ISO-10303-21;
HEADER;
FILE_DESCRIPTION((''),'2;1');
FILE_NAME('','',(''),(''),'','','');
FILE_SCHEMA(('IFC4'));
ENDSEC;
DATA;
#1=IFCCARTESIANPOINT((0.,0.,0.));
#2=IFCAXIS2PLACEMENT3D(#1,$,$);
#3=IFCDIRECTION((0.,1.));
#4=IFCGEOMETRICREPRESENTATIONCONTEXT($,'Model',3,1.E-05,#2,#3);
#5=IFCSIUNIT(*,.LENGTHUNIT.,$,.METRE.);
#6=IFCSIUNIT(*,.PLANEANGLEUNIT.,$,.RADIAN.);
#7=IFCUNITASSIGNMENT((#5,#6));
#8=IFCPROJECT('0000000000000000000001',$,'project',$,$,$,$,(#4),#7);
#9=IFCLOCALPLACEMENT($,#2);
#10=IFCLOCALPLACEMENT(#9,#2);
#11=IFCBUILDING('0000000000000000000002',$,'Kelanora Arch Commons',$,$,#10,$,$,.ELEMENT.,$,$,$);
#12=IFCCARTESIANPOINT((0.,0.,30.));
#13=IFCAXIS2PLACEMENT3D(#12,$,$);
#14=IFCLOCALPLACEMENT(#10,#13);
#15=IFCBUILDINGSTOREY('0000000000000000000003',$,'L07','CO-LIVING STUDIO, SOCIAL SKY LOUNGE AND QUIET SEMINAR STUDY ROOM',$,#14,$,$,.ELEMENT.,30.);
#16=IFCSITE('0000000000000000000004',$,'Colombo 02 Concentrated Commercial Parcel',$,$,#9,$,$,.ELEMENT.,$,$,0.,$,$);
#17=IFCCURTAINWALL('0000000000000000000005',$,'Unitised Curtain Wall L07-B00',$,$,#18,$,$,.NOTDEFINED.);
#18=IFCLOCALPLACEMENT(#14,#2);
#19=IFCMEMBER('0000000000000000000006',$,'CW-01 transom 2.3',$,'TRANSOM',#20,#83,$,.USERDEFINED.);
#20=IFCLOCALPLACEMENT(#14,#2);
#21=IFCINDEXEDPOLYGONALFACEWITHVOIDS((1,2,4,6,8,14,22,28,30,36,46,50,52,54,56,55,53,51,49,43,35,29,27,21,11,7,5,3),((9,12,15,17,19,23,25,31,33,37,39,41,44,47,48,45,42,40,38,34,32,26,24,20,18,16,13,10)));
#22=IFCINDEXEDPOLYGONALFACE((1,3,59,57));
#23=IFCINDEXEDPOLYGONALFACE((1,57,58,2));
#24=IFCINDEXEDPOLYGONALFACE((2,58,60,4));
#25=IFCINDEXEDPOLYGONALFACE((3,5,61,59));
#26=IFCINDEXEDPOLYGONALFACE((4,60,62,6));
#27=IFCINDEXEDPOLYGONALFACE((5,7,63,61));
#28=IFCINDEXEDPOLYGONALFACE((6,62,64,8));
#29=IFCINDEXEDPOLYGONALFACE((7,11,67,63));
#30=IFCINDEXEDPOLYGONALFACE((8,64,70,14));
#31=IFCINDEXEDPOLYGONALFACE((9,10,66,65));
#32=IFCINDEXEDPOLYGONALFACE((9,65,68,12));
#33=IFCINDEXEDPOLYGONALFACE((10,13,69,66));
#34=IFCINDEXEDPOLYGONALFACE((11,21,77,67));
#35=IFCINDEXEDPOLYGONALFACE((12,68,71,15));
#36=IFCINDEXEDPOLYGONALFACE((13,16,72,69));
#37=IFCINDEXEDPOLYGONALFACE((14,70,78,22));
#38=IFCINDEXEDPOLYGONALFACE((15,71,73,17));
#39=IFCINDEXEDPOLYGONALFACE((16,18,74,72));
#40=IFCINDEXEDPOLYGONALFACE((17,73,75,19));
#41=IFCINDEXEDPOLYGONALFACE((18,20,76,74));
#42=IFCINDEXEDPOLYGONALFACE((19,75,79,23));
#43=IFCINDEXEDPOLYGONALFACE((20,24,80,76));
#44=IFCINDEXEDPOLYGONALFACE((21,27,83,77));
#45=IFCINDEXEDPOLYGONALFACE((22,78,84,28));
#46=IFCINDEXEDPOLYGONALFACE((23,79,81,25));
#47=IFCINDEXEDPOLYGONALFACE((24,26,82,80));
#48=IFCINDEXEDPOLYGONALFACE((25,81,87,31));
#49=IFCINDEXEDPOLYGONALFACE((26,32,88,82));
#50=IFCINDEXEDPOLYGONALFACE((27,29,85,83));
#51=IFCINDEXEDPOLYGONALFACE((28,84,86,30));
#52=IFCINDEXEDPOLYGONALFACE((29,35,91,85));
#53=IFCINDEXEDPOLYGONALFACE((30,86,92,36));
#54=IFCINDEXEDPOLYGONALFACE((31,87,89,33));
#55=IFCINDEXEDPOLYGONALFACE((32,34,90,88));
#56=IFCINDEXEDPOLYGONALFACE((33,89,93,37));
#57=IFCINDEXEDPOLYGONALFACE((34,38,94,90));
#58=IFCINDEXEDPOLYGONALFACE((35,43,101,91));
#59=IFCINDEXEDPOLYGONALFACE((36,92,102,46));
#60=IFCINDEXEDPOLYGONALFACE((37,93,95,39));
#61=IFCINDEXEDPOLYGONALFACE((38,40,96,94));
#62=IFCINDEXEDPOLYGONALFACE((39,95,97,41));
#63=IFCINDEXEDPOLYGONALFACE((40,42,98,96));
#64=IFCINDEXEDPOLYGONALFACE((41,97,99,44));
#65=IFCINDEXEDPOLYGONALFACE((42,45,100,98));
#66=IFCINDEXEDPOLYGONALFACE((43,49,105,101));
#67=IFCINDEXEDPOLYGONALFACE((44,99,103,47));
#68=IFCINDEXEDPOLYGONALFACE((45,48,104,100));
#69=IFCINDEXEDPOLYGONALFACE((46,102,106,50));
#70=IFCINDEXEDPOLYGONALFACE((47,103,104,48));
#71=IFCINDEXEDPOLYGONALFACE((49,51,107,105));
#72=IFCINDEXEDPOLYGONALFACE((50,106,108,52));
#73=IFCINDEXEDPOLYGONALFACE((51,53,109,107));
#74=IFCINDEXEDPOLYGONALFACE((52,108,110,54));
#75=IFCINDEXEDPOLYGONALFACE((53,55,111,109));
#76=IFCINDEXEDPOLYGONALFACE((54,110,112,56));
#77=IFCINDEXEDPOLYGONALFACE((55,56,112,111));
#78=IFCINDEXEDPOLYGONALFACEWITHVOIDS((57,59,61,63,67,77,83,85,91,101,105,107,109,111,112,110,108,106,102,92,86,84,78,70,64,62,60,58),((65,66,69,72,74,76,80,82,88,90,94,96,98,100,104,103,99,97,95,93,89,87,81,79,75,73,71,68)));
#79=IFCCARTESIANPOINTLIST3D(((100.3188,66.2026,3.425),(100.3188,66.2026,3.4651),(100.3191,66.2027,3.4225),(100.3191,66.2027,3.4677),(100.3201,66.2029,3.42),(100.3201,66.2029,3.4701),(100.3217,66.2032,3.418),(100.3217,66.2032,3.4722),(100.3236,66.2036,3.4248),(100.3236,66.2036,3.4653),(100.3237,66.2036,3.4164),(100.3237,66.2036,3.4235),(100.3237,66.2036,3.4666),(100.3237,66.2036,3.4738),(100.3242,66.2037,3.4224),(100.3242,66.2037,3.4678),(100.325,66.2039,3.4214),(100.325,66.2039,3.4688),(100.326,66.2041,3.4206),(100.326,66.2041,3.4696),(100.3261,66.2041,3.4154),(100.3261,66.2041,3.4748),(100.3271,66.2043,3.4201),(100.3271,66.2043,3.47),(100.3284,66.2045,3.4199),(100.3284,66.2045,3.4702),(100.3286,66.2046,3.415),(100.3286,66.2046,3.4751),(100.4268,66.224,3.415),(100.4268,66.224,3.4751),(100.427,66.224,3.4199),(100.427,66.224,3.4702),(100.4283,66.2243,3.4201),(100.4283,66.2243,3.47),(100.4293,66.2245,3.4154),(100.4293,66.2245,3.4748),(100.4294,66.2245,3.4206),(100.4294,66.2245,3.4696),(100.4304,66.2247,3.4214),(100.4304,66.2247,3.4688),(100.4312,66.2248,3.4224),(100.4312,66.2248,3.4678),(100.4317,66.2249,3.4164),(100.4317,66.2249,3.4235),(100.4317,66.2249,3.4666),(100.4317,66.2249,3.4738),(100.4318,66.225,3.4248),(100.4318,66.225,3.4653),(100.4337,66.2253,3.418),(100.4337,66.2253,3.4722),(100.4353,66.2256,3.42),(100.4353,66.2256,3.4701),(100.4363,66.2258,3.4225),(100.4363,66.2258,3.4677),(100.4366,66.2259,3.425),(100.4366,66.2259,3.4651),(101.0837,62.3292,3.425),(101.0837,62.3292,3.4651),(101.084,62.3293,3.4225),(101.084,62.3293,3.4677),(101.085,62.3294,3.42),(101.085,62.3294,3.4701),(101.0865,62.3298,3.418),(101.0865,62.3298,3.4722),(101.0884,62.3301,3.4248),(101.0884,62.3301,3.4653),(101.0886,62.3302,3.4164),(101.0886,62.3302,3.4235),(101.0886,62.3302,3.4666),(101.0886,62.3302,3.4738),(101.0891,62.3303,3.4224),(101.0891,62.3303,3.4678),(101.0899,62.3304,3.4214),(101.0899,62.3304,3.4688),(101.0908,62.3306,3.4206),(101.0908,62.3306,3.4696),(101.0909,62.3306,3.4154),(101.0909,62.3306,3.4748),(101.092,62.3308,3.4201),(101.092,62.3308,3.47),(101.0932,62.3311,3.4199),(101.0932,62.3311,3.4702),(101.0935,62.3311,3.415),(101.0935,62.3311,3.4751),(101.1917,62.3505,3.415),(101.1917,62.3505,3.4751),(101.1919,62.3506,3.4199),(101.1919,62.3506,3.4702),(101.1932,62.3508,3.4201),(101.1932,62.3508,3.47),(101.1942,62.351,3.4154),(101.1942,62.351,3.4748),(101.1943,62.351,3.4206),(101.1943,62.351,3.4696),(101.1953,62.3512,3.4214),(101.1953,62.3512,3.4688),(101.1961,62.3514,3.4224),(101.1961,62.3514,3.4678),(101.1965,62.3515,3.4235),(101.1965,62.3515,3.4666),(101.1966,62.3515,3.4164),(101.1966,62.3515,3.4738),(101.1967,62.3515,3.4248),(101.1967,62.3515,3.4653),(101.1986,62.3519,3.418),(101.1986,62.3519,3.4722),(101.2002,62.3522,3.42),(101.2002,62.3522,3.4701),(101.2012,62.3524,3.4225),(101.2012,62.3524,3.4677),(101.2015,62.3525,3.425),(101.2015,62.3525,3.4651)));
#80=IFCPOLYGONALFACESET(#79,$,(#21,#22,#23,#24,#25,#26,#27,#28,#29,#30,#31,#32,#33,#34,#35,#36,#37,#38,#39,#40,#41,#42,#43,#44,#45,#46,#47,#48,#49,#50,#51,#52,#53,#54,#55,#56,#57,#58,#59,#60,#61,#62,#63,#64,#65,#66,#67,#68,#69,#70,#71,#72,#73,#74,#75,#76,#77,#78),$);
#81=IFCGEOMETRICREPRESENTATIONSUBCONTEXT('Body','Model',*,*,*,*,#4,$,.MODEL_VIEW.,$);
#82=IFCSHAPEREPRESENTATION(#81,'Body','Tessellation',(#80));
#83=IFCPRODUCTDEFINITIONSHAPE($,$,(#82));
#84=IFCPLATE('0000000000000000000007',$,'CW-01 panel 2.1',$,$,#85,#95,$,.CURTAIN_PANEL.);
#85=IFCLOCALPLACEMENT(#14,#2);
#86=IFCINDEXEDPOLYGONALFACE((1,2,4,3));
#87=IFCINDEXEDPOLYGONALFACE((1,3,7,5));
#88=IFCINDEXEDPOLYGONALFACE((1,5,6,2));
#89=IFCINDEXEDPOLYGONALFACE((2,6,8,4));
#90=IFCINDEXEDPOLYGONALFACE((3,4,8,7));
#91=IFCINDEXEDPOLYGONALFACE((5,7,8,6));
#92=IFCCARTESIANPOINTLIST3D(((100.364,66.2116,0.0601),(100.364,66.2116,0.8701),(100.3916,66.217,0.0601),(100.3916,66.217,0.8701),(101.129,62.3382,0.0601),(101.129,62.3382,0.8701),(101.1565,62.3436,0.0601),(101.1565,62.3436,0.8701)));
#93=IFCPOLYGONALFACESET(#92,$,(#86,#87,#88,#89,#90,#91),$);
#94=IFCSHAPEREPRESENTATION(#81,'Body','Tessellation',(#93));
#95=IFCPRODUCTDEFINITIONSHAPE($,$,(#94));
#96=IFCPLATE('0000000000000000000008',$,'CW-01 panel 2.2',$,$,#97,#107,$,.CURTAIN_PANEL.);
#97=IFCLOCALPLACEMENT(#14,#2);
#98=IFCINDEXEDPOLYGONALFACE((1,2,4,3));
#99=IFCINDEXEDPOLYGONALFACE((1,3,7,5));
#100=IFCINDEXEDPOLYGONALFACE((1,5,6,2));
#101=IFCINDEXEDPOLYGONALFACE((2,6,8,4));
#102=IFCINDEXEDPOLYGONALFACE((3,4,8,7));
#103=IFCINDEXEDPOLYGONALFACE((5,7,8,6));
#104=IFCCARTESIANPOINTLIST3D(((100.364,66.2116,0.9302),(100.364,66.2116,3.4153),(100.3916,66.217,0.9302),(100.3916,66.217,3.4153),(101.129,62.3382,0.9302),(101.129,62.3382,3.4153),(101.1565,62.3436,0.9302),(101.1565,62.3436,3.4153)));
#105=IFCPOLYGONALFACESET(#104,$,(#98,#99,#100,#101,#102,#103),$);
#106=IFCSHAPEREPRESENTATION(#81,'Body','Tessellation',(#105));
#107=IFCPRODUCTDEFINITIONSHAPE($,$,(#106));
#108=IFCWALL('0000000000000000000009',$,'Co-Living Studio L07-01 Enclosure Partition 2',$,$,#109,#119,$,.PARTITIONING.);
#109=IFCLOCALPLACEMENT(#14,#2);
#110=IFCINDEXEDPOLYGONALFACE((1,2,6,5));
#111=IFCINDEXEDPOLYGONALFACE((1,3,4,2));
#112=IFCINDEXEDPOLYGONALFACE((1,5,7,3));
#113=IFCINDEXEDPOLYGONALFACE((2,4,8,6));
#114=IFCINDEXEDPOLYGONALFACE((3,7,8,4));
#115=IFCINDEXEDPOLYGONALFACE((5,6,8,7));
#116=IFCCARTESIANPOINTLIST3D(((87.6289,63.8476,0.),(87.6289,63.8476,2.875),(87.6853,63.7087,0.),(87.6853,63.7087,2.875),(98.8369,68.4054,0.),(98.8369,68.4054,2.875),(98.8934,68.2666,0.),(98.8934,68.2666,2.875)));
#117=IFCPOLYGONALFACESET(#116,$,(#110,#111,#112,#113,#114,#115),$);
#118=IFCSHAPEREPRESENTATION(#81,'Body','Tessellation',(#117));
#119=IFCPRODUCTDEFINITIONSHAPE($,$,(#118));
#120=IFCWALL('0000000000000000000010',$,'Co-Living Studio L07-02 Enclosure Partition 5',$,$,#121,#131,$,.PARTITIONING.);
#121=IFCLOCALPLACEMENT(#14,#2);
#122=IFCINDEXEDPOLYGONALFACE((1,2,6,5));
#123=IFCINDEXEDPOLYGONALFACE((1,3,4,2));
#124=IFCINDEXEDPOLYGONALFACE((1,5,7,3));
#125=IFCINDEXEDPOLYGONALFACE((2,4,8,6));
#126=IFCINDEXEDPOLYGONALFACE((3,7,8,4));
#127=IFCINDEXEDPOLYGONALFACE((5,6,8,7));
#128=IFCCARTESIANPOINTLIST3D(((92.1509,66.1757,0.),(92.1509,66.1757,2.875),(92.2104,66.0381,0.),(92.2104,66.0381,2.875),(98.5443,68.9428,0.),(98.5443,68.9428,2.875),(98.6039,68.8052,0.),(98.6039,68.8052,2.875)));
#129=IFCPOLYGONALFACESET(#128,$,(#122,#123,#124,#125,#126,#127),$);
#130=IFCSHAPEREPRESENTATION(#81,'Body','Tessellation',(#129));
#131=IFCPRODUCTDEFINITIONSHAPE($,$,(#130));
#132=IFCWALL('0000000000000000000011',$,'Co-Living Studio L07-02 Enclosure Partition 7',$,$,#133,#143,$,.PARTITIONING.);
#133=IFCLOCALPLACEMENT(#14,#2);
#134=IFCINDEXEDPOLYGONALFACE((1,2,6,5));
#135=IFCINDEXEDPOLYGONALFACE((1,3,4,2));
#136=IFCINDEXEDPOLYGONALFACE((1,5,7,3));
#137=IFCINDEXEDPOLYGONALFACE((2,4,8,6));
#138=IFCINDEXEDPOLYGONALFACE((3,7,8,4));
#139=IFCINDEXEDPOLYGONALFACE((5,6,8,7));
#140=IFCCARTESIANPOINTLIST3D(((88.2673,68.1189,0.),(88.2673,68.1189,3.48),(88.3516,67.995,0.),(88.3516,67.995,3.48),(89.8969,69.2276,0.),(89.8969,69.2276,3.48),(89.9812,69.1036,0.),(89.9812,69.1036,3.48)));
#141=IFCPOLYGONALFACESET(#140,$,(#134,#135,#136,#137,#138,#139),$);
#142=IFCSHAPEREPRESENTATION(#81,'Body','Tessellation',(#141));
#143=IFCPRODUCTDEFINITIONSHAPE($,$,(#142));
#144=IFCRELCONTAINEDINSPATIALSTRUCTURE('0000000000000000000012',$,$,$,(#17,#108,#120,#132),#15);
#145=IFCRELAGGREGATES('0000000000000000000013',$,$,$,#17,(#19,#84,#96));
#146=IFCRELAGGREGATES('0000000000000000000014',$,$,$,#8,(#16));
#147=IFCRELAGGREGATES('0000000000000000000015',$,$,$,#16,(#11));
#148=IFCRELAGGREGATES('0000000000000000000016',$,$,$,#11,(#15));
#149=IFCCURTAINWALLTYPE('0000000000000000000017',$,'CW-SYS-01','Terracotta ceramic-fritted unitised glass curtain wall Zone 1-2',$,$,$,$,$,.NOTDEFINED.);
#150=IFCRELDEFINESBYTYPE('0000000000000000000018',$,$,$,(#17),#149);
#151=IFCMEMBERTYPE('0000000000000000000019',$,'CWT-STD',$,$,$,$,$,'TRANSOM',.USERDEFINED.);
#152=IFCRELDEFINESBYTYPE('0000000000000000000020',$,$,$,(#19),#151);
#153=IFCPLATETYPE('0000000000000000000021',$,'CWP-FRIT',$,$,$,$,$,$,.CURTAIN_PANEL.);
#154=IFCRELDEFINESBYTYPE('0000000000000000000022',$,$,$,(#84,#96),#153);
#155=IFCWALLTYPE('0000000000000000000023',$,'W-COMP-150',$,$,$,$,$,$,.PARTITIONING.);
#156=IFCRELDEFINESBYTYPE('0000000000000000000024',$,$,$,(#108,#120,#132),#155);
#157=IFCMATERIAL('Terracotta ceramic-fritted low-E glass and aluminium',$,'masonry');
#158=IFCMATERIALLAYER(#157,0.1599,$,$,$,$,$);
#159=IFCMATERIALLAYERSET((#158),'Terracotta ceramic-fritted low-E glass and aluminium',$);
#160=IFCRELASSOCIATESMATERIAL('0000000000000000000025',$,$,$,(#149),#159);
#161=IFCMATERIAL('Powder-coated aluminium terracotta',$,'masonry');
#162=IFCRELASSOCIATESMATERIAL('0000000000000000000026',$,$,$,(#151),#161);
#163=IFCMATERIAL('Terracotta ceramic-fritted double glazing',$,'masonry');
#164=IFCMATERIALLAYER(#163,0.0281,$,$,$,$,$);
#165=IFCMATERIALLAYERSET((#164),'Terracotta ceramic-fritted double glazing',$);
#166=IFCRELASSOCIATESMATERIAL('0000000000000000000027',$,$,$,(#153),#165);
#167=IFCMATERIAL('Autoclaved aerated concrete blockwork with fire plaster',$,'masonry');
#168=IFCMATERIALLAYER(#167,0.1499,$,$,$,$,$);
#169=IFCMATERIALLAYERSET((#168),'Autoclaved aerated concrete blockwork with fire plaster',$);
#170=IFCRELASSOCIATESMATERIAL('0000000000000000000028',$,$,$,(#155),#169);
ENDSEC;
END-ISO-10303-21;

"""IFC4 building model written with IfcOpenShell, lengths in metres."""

from ifc_helpers import new_model, si_unit, direction, frame, frame_2d, origin, origin_2d, place, context, subcontext, project, spatial, rectangle, hollow_rectangle, extrude, source, transform, mapped, material, layer, layer_set, material_profile, profile_set, type_object, element, aggregate, save


model = new_model("IFC4")

# Units and contexts
model_context = context("Model", 3, precision=1e-05, world=origin(), true_north=direction((0.0, 1.0)))
body_context = subcontext(model_context, "Body", "Model", "MODEL_VIEW")
ifc_project = project(units=[si_unit("LENGTHUNIT", "METRE"), si_unit("PLANEANGLEUNIT", "RADIAN")], contexts=[model_context])

# Site, building, storey
site_placement = place(None, origin())
site = spatial("IfcSite", under=ifc_project, at=site_placement, Name="Colombo 02 Concentrated Commercial Parcel", CompositionType="ELEMENT", RefElevation=0.0)
building_placement = place(site_placement, origin())
building = spatial("IfcBuilding", under=site, at=building_placement, Name="Kelanora Arch Commons", CompositionType="ELEMENT")
storey_placement = place(building_placement, frame((0.0, 0.0, 30.0)))
storey = spatial("IfcBuildingStorey", under=building, at=storey_placement, Name="L07", Description="CO-LIVING STUDIO, SOCIAL SKY LOUNGE AND QUIET SEMINAR STUDY ROOM", CompositionType="ELEMENT", Elevation=30.0)

# Curtain wall, member, plates
ifc_material_1 = material(Name="Terracotta ceramic-fritted low-E glass and aluminium", Category="masonry")
ifc_layer_1 = layer(ifc_material_1, 0.1599)
ifc_layer_set_1 = layer_set([ifc_layer_1], Name="Terracotta ceramic-fritted low-E glass and aluminium")
curtain_wall_type = type_object("IfcCurtainWallType", Name="CW-SYS-01", Description="Terracotta ceramic-fritted unitised glass curtain wall Zone 1-2", PredefinedType="NOTDEFINED", material=ifc_layer_set_1)
curtain_wall_placement = place(storey_placement, origin())
curtain_wall = element("IfcCurtainWall", 1, at=curtain_wall_placement, inside=storey, type_object=curtain_wall_type, Name="Unitised Curtain Wall L07-B00", PredefinedType="NOTDEFINED")
ifc_material_2 = material(Name="Powder-coated aluminium terracotta", Category="masonry")
ifc_material_profile_1 = material_profile(ifc_material_2, hollow_rectangle(XDim=0.1201, YDim=0.0601, WallThickness=0.0049, InnerFilletRadius=0.0049, OuterFilletRadius=0.01, at=origin_2d()), Name="CWT120x60")
ifc_profile_set_1 = profile_set([ifc_material_profile_1], Name="Powder-coated aluminium terracotta")
member_type_1 = type_object("IfcMemberType", Name="CWT-STD", ElementType="TRANSOM", PredefinedType="USERDEFINED", material=ifc_profile_set_1)
member_1_placement = place(storey_placement, frame((101.1426, 62.3408, 3.4451), z_axis=(-0.193725, 0.981056, 0.0), x_axis=(-0.981056, -0.193725, 0.0)))
member_1 = element("IfcMember", 2, at=member_1_placement, type_object=member_type_1, Name="CW-01 transom 2.3", ObjectType="TRANSOM", PredefinedType="USERDEFINED", context=body_context, shape_type="SweptSolid", body=[
    extrude(hollow_rectangle(XDim=0.1201, YDim=0.0601, WallThickness=0.0049, InnerFilletRadius=0.0049, OuterFilletRadius=0.01, at=origin_2d()), origin(), (0.0, 0.0, 1.0), 3.9482),
])
ifc_material_3 = material(Name="Terracotta ceramic-fritted double glazing", Category="masonry")
ifc_layer_2 = layer(ifc_material_3, 0.0281)
ifc_layer_set_2 = layer_set([ifc_layer_2], Name="Terracotta ceramic-fritted double glazing")
plate_type = type_object("IfcPlateType", Name="CWP-FRIT", PredefinedType="CURTAIN_PANEL", material=ifc_layer_set_2)
shared_shape_1 = source(origin(), body_context, "Body", "SweptSolid", [
    extrude(rectangle(XDim=3.9482, YDim=0.0281, at=origin_2d()), origin(), (0.0, 0.0, 1.0), 0.8101),
])
plate_1_placement = place(storey_placement, frame((100.7603, 64.2776, 0.0601), z_axis=(0.0, 0.0, 1.0), x_axis=(-0.193744, 0.981052, 0.0)))
plate_1 = element("IfcPlate", 3, at=plate_1_placement, type_object=plate_type, Name="CW-01 panel 2.1", PredefinedType="CURTAIN_PANEL", context=body_context, shape_type="MappedRepresentation", body=[
    mapped(shared_shape_1, transform((0.0, 0.0, 0.0), scale=1.0)),
])
shared_shape_2 = source(origin(), body_context, "Body", "SweptSolid", [
    extrude(rectangle(XDim=3.9482, YDim=0.0281, at=origin_2d()), origin(), (0.0, 0.0, 1.0), 2.4851),
])
plate_2_placement = place(storey_placement, frame((100.7603, 64.2776, 0.9302), z_axis=(0.0, 0.0, 1.0), x_axis=(-0.193744, 0.981052, 0.0)))
plate_2 = element("IfcPlate", 4, at=plate_2_placement, type_object=plate_type, Name="CW-01 panel 2.2", PredefinedType="CURTAIN_PANEL", context=body_context, shape_type="MappedRepresentation", body=[
    mapped(shared_shape_2, transform((0.0, 0.0, 0.0), scale=1.0)),
])
aggregate(curtain_wall, [member_1, plate_1, plate_2])

# Walls
ifc_material_4 = material(Name="Autoclaved aerated concrete blockwork with fire plaster", Category="masonry")
ifc_layer_3 = layer(ifc_material_4, 0.1499)
ifc_layer_set_3 = layer_set([ifc_layer_3], Name="Autoclaved aerated concrete blockwork with fire plaster")
wall_type_1 = type_object("IfcWallType", Name="W-COMP-150", PredefinedType="PARTITIONING", material=ifc_layer_set_3)
wall_1_placement = place(storey_placement, frame((87.657, 63.7781, 0.0), z_axis=(0.0, 0.0, 1.0), x_axis=(0.926334, 0.376704, 0.0)))
element("IfcWall", 5, at=wall_1_placement, inside=storey, type_object=wall_type_1, Name="Co-Living Studio L07-01 Enclosure Partition 2", PredefinedType="PARTITIONING", context=body_context, shape_type="SweptSolid", body=[
    extrude(rectangle(XDim=12.0994, YDim=0.1499, at=frame_2d((6.0498, 0.0))), origin(), (0.0, 0.0, 1.0), 2.875),
])
wall_2_placement = place(storey_placement, frame((98.5742, 68.874, 0.0), z_axis=(0.0, 0.0, 1.0), x_axis=(-0.917736, -0.39719, 0.0)))
element("IfcWall", 6, at=wall_2_placement, inside=storey, type_object=wall_type_1, Name="Co-Living Studio L07-02 Enclosure Partition 5", PredefinedType="PARTITIONING", context=body_context, shape_type="SweptSolid", body=[
    extrude(rectangle(XDim=6.9666, YDim=0.1499, at=frame_2d((3.4834, 0.0))), origin(), (0.0, 0.0, 1.0), 2.875),
])
wall_3_placement = place(storey_placement, frame((89.939, 69.1655, 0.0), z_axis=(0.0, 0.0, 1.0), x_axis=(-0.826811, -0.562479, 0.0)))
element("IfcWall", 7, at=wall_3_placement, inside=storey, type_object=wall_type_1, Name="Co-Living Studio L07-02 Enclosure Partition 7", PredefinedType="PARTITIONING", context=body_context, shape_type="SweptSolid", body=[
    extrude(rectangle(XDim=1.9709, YDim=0.1499, at=frame_2d((0.9854, 0.0))), origin(), (0.0, 0.0, 1.0), 3.48),
])

save(model, "model.ifc")
